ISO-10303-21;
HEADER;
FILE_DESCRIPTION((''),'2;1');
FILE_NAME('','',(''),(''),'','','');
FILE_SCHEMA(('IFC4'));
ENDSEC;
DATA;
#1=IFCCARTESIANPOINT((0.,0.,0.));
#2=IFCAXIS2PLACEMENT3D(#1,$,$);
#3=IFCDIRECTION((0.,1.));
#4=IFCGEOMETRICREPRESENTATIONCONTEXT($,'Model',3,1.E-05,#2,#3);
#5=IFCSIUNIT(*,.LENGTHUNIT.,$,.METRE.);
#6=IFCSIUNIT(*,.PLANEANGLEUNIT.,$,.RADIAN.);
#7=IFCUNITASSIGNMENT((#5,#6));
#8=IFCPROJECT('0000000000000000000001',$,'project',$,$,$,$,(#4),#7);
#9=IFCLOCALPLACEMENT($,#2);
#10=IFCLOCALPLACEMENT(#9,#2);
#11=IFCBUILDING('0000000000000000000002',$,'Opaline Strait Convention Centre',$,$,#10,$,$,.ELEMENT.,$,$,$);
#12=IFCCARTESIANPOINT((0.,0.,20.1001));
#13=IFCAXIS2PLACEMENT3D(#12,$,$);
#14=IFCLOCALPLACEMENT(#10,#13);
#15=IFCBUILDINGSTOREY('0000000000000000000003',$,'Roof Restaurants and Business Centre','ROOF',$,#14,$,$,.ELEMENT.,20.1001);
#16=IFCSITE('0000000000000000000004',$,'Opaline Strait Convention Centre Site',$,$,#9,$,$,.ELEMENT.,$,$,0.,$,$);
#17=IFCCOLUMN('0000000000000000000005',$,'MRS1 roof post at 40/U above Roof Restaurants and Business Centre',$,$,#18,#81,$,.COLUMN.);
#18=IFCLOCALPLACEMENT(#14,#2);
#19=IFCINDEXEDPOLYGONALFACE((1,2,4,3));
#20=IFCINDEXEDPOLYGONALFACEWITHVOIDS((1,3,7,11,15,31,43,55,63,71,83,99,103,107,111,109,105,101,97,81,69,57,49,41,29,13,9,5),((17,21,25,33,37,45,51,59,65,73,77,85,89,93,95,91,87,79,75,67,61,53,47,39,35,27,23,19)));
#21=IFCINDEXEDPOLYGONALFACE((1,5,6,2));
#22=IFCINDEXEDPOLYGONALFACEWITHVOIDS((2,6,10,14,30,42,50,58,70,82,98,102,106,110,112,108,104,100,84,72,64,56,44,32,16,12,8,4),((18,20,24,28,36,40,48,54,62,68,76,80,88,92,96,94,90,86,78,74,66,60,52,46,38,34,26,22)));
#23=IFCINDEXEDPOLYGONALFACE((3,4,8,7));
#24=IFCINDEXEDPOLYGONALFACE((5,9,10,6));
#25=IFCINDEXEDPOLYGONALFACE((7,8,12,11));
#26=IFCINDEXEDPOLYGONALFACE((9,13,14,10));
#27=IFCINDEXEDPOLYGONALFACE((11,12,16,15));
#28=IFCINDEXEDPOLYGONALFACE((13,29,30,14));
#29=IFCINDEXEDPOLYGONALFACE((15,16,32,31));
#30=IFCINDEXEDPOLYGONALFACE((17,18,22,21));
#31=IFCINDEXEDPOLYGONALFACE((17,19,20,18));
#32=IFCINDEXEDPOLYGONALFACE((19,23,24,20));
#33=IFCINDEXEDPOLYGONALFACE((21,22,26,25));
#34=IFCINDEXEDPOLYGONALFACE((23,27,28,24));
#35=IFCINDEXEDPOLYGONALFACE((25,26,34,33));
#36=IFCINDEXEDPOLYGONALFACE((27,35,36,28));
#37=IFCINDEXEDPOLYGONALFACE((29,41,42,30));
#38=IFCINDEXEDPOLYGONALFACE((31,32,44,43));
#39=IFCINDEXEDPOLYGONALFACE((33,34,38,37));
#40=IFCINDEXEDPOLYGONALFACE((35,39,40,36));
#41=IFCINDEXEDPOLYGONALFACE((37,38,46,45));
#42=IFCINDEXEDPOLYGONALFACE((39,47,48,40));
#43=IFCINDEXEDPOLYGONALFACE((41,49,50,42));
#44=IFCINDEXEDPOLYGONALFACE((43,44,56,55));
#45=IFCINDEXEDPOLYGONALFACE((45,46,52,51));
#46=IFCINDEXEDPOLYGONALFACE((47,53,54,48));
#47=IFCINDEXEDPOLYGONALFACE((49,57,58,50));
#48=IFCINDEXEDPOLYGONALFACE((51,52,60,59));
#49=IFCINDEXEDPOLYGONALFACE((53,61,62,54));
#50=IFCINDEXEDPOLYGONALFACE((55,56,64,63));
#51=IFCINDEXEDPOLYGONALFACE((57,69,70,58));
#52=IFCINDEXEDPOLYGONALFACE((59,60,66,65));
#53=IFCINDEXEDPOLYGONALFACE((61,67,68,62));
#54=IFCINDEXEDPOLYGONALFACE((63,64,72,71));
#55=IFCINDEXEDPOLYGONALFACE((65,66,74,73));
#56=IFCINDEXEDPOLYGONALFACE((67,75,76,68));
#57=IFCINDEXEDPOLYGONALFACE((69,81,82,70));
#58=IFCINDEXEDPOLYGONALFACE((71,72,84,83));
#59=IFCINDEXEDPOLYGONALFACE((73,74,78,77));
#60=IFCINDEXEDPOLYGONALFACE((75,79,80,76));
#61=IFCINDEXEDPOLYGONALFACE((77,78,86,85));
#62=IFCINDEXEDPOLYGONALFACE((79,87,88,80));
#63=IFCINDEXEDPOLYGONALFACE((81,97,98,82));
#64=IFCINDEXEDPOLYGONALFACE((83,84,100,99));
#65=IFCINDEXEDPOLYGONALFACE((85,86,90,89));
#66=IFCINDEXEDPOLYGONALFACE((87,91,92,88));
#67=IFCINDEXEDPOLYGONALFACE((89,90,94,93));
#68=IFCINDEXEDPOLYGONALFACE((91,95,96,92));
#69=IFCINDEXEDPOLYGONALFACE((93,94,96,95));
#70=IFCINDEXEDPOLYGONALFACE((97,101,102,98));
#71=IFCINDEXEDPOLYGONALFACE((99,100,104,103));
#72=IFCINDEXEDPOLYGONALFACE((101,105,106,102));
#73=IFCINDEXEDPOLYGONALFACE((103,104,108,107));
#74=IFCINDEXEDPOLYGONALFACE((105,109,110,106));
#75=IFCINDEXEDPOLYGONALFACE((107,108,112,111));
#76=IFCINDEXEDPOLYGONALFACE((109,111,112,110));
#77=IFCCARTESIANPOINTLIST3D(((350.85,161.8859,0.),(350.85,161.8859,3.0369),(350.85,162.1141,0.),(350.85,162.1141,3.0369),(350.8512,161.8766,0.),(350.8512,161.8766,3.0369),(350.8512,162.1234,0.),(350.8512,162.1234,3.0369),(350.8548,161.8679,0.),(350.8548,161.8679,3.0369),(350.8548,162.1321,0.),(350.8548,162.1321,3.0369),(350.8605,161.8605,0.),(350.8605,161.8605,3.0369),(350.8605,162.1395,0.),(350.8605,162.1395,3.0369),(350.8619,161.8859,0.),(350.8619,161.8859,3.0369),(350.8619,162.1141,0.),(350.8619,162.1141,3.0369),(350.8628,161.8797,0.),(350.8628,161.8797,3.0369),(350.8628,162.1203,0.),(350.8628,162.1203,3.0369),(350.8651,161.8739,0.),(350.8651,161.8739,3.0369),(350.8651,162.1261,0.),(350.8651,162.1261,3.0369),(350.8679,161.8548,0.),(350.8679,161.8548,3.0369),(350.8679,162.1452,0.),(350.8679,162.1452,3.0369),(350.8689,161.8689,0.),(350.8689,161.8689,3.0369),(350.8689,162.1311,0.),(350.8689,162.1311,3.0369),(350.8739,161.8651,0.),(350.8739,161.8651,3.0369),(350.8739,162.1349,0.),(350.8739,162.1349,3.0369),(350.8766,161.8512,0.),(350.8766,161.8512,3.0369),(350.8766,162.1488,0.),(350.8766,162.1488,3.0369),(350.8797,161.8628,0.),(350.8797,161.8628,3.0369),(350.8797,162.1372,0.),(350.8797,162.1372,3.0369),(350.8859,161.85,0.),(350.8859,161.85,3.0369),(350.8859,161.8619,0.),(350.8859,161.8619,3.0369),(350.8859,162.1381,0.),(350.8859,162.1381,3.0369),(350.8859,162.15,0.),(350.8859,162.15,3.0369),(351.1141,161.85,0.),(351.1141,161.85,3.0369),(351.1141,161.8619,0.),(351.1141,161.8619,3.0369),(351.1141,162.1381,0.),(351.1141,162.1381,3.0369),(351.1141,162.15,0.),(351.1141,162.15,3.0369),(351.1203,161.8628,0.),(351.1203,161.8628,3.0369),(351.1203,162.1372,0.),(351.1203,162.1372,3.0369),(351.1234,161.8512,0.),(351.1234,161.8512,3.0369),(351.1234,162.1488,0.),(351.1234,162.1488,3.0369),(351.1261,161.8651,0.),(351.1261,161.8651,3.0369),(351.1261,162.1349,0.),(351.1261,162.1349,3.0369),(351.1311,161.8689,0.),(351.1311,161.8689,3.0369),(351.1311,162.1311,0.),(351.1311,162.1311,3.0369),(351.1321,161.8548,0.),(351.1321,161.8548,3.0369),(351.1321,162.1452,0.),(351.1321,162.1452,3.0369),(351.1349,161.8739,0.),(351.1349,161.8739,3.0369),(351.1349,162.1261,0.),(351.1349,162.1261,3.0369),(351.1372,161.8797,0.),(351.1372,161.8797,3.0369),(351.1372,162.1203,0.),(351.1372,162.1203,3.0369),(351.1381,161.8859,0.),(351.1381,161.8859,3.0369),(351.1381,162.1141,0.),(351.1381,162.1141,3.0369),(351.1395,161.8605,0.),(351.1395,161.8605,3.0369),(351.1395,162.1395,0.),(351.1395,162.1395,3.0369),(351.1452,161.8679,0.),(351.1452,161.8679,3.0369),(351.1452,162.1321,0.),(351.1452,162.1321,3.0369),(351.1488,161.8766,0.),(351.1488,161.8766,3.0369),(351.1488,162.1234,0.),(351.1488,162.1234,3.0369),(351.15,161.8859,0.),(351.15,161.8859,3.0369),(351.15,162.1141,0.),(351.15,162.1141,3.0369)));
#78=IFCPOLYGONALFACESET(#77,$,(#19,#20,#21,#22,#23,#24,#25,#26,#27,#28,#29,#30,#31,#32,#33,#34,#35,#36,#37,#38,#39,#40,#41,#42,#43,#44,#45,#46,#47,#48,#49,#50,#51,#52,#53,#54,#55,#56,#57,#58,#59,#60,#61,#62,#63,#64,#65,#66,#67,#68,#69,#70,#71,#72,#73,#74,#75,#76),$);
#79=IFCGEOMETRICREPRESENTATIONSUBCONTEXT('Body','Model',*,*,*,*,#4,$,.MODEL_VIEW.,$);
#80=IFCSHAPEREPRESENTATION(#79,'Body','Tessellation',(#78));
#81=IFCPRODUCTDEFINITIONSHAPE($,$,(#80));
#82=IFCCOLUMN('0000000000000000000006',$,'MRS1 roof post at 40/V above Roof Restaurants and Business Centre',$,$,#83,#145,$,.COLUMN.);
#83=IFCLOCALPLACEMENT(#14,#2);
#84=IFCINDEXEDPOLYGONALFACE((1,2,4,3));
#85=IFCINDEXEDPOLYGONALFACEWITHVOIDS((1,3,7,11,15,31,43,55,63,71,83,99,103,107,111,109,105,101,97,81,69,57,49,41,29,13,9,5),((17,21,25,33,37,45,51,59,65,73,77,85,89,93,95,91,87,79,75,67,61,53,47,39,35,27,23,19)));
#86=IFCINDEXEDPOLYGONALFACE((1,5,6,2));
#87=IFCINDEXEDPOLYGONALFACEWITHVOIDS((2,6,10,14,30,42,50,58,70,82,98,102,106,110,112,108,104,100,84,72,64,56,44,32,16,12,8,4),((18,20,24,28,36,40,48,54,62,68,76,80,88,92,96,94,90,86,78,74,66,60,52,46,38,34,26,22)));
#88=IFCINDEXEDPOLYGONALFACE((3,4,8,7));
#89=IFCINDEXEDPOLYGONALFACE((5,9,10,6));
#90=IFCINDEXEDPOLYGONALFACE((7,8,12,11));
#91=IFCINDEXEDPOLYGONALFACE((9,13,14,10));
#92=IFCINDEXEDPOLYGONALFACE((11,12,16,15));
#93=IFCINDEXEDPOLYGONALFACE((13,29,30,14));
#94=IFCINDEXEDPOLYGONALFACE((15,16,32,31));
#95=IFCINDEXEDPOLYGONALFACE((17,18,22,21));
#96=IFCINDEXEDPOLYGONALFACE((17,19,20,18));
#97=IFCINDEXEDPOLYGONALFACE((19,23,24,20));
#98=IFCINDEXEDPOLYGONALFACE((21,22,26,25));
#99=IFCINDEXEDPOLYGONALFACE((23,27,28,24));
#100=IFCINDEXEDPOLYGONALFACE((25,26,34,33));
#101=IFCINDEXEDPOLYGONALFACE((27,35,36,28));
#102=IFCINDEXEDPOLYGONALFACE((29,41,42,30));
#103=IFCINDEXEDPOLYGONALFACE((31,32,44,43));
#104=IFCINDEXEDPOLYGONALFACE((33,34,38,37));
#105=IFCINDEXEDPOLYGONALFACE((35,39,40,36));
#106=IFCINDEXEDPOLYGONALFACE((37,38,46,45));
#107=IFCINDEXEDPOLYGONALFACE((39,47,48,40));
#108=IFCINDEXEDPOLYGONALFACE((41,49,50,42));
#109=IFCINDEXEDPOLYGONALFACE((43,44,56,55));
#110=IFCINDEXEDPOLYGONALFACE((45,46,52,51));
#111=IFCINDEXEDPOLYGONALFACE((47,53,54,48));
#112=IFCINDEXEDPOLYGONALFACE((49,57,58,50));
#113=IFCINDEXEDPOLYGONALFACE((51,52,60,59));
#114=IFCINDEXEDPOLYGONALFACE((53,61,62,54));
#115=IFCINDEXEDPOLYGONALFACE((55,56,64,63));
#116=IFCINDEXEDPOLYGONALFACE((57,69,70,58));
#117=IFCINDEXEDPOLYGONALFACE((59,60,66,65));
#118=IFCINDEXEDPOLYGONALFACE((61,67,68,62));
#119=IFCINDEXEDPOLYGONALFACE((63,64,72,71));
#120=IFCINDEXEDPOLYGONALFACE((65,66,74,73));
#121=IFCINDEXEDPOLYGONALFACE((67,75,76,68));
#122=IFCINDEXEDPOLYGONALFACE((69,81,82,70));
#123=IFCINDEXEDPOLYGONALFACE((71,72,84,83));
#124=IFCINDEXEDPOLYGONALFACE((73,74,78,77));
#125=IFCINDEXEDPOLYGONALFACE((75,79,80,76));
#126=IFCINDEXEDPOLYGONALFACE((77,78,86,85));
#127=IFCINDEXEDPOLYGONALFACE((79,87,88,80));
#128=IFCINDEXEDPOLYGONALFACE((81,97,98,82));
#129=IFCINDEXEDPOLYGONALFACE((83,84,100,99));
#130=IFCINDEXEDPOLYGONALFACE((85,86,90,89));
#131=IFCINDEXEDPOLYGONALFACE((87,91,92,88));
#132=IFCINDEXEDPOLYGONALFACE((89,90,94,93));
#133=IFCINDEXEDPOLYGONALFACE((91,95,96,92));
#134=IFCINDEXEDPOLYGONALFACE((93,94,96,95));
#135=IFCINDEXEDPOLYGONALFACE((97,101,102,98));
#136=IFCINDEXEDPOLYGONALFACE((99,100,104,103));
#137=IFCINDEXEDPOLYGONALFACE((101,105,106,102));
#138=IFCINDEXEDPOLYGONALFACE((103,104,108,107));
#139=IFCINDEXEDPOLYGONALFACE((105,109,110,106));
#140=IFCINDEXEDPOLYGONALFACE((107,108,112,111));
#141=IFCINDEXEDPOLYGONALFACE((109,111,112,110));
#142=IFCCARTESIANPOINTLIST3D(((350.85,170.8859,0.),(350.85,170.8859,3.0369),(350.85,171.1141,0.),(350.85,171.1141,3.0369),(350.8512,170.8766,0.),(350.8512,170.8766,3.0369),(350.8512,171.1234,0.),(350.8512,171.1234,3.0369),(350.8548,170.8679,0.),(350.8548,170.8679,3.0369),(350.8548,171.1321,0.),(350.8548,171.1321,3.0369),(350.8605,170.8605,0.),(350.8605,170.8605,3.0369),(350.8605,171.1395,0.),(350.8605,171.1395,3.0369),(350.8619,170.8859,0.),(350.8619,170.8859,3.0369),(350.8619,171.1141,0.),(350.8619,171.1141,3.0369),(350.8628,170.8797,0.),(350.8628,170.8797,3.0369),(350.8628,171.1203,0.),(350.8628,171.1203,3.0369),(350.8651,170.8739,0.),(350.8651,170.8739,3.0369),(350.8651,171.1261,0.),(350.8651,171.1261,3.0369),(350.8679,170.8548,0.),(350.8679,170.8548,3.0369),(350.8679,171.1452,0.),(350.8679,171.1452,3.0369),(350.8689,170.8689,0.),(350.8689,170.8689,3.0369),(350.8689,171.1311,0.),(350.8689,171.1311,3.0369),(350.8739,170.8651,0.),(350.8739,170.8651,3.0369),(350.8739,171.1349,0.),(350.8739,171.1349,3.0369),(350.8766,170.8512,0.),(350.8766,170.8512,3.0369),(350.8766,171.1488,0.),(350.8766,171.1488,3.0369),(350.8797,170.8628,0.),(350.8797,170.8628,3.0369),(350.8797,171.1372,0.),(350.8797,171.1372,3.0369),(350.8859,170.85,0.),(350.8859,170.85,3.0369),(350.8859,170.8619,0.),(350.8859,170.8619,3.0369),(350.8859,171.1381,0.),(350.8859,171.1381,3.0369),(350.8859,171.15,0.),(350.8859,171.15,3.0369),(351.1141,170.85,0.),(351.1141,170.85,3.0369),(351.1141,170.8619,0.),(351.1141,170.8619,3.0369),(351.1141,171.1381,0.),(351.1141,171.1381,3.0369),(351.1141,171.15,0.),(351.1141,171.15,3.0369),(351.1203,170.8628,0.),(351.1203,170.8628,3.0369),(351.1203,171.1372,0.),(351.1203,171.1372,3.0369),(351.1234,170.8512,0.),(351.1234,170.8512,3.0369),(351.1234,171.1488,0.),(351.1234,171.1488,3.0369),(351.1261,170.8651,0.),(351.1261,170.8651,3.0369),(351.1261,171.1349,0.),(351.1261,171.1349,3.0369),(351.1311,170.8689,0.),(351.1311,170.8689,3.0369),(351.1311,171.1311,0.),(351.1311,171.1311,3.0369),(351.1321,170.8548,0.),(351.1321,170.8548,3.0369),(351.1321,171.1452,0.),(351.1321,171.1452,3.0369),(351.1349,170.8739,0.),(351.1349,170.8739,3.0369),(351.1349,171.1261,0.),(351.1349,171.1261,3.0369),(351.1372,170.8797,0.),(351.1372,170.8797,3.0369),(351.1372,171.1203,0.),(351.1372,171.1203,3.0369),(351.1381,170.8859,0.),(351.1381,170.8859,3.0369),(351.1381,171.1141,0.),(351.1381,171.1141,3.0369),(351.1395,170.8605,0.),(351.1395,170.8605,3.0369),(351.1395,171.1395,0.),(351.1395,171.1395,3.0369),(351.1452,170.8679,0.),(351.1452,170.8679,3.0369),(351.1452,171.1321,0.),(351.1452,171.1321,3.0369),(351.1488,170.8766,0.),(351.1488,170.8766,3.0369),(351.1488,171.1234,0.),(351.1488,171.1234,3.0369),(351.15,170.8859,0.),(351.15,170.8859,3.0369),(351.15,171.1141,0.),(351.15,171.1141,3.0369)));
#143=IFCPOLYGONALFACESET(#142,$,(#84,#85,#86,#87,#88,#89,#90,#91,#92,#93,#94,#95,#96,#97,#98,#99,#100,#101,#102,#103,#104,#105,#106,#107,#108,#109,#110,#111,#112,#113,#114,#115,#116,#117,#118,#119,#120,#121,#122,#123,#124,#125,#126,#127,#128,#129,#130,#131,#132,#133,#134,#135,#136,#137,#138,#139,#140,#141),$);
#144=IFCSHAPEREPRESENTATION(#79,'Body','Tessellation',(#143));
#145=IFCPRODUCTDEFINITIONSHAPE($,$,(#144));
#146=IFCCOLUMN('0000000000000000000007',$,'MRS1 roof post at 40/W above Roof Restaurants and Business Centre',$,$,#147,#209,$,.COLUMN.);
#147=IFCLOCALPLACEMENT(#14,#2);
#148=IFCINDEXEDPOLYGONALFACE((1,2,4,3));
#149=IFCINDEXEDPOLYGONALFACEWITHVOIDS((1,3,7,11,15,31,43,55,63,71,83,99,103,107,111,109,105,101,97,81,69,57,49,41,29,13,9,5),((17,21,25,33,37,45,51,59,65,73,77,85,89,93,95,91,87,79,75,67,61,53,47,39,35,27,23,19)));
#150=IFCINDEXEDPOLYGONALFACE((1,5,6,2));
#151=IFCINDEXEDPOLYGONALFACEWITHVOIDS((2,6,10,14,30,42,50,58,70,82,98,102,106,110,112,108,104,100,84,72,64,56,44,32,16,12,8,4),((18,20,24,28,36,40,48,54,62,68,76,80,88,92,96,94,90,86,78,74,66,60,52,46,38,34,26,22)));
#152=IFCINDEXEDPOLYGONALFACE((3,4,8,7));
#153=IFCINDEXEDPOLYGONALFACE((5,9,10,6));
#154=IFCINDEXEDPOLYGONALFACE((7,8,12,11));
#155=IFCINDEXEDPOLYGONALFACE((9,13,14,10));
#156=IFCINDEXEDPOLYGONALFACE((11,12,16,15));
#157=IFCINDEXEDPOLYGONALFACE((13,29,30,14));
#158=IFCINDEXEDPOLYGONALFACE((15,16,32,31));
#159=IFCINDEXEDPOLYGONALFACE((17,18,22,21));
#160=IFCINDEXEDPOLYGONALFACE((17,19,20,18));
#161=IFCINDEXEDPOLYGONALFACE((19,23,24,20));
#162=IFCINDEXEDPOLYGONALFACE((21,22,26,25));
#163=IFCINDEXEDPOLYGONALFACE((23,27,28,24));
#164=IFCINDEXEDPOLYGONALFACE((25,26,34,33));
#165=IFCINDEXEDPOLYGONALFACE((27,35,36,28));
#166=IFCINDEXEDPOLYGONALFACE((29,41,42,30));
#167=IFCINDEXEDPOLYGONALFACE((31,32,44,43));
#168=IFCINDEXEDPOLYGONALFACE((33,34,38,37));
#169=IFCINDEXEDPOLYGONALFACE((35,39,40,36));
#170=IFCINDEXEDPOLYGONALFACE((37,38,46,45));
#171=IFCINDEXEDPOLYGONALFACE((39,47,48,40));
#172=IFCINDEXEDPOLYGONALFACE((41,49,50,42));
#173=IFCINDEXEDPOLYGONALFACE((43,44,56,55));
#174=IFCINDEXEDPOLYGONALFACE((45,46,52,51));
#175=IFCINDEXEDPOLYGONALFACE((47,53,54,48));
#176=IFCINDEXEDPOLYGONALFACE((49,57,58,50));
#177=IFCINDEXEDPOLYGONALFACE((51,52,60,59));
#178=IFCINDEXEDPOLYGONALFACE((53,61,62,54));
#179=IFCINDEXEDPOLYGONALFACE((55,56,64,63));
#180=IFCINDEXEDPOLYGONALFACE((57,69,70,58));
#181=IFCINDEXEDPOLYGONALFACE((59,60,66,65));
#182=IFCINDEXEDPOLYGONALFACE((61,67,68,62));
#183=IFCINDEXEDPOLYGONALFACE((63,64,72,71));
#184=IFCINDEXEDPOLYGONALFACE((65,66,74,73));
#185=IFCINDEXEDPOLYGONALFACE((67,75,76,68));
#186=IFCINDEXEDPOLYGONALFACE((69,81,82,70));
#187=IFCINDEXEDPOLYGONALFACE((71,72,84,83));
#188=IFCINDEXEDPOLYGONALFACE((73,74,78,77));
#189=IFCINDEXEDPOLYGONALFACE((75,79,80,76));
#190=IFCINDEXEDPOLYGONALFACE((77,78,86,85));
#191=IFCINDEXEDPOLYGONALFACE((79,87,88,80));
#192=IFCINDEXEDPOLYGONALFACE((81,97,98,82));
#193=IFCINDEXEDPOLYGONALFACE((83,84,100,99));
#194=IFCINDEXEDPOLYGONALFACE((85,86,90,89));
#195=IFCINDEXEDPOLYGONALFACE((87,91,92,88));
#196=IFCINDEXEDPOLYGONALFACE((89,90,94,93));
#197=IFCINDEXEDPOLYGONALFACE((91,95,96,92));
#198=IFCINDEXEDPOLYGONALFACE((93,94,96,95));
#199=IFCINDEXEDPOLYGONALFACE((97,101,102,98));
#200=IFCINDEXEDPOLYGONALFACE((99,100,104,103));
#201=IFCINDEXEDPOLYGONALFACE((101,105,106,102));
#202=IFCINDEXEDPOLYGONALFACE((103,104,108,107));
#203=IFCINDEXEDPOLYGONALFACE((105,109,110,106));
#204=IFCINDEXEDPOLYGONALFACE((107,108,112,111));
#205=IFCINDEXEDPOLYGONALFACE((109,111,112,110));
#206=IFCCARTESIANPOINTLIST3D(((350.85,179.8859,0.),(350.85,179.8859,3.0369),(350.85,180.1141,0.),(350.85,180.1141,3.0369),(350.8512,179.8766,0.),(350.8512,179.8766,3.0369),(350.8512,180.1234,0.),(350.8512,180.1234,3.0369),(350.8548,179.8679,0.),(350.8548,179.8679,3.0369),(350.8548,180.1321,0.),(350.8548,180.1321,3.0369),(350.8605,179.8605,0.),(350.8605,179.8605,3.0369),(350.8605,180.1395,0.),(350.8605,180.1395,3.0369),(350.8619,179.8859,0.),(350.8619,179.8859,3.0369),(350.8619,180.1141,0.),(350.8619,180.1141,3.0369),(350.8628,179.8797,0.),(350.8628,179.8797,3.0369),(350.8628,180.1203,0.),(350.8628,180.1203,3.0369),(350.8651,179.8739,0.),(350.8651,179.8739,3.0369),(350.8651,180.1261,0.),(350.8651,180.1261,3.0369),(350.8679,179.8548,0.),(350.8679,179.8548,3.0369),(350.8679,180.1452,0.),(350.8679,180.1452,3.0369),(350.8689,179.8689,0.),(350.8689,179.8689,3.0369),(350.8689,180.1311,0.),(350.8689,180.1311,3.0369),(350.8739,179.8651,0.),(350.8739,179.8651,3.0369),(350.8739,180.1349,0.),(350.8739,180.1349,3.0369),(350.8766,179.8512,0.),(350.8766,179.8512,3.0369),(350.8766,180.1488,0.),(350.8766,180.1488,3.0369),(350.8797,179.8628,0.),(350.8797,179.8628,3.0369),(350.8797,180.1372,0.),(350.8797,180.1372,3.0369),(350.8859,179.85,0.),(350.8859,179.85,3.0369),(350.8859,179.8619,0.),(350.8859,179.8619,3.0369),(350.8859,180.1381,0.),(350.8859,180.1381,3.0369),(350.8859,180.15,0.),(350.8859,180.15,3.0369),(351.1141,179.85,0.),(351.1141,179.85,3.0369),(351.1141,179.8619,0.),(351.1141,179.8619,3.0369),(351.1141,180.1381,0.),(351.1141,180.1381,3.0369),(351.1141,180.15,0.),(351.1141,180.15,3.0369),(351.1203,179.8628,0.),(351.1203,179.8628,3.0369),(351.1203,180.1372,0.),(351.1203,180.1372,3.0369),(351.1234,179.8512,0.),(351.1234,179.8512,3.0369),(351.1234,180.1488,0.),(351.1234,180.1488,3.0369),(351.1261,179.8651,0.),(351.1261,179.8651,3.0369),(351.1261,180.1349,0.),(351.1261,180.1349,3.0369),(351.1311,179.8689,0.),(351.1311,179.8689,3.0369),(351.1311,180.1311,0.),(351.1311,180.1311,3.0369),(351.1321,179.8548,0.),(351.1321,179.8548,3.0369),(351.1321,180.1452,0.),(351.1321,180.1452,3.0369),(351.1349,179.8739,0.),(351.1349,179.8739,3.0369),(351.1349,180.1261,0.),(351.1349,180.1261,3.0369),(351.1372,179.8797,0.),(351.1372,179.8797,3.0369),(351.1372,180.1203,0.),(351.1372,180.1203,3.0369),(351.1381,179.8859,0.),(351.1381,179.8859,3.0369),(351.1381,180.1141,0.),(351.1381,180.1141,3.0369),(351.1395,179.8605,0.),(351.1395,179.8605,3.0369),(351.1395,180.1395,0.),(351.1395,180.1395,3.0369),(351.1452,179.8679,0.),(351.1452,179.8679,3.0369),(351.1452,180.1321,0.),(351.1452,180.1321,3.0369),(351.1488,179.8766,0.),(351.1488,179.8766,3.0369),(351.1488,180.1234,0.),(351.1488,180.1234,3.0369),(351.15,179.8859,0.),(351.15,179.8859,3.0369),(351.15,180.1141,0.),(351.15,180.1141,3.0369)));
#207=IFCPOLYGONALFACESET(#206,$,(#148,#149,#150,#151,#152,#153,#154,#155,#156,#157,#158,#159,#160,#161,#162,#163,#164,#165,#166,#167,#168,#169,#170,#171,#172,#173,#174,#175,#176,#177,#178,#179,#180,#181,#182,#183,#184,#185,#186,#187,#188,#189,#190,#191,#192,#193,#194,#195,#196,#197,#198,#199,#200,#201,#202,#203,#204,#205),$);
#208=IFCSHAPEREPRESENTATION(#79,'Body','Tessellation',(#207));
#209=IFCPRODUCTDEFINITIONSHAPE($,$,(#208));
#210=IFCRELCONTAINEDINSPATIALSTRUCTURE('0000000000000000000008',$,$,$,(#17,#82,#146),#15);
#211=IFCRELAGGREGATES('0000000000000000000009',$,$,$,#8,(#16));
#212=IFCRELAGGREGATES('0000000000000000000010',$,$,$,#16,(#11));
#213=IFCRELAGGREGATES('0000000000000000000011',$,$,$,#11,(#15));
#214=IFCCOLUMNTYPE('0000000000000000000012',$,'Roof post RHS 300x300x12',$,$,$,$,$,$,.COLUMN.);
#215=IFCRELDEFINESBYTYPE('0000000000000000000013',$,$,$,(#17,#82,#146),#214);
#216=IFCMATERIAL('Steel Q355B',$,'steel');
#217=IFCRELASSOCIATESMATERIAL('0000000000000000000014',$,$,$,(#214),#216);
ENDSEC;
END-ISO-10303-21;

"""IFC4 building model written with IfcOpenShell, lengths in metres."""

from ifc_helpers import new_model, si_unit, direction, frame, origin, origin_2d, place, context, subcontext, project, spatial, hollow_rectangle, extrude, material, material_profile, profile_set, type_object, element, save


model = new_model("IFC4")

# Units and contexts
model_context = context("Model", 3, precision=1e-05, world=origin(), true_north=direction((0.0, 1.0)))
body_context = subcontext(model_context, "Body", "Model", "MODEL_VIEW")
ifc_project = project(units=[si_unit("LENGTHUNIT", "METRE"), si_unit("PLANEANGLEUNIT", "RADIAN")], contexts=[model_context])

# Site, building, storey
site_placement = place(None, origin())
site = spatial("IfcSite", under=ifc_project, at=site_placement, Name="Opaline Strait Convention Centre Site", CompositionType="ELEMENT", RefElevation=0.0)
building_placement = place(site_placement, origin())
building = spatial("IfcBuilding", under=site, at=building_placement, Name="Opaline Strait Convention Centre", CompositionType="ELEMENT")
storey_placement = place(building_placement, frame((0.0, 0.0, 20.1001)))
storey = spatial("IfcBuildingStorey", under=building, at=storey_placement, Name="Roof Restaurants and Business Centre", Description="ROOF", CompositionType="ELEMENT", Elevation=20.1001)

# Columns
ifc_material = material(Name="Steel Q355B", Category="steel")
ifc_material_profile = material_profile(ifc_material, hollow_rectangle(XDim=0.3, YDim=0.3, WallThickness=0.012, InnerFilletRadius=0.0239, OuterFilletRadius=0.0359, at=origin_2d()), Name="RHS 300x300x12")
ifc_profile_set = profile_set([ifc_material_profile], Name="Steel Q355B")
column_type = type_object("IfcColumnType", Name="Roof post RHS 300x300x12", PredefinedType="COLUMN", material=ifc_profile_set)
for number, where, z_axis, x_axis, name in (
    (1, (351.0, 162.0, 0.0), (0.0, 0.0, 1.0), (1.0, 0.0, 0.0), "MRS1 roof post at 40/U above Roof Restaurants and Business Centre"),
    (2, (351.0, 171.0, 0.0), (0.0, 0.0, 1.0), (1.0, 0.0, 0.0), "MRS1 roof post at 40/V above Roof Restaurants and Business Centre"),
    (3, (351.0, 180.0, 0.0), (0.0, 0.0, 1.0), (1.0, 0.0, 0.0), "MRS1 roof post at 40/W above Roof Restaurants and Business Centre"),
):
    element("IfcColumn", number, at=place(storey_placement, frame(where, z_axis=z_axis, x_axis=x_axis)), inside=storey, type_object=column_type, Name=name, PredefinedType="COLUMN", context=body_context, shape_type="SweptSolid", body=[
        extrude(hollow_rectangle(XDim=0.3, YDim=0.3, WallThickness=0.012, InnerFilletRadius=0.0239, OuterFilletRadius=0.0359, at=origin_2d()), origin(), (0.0, 0.0, 1.0), 3.0369),
    ])

save(model, "model.ifc")
